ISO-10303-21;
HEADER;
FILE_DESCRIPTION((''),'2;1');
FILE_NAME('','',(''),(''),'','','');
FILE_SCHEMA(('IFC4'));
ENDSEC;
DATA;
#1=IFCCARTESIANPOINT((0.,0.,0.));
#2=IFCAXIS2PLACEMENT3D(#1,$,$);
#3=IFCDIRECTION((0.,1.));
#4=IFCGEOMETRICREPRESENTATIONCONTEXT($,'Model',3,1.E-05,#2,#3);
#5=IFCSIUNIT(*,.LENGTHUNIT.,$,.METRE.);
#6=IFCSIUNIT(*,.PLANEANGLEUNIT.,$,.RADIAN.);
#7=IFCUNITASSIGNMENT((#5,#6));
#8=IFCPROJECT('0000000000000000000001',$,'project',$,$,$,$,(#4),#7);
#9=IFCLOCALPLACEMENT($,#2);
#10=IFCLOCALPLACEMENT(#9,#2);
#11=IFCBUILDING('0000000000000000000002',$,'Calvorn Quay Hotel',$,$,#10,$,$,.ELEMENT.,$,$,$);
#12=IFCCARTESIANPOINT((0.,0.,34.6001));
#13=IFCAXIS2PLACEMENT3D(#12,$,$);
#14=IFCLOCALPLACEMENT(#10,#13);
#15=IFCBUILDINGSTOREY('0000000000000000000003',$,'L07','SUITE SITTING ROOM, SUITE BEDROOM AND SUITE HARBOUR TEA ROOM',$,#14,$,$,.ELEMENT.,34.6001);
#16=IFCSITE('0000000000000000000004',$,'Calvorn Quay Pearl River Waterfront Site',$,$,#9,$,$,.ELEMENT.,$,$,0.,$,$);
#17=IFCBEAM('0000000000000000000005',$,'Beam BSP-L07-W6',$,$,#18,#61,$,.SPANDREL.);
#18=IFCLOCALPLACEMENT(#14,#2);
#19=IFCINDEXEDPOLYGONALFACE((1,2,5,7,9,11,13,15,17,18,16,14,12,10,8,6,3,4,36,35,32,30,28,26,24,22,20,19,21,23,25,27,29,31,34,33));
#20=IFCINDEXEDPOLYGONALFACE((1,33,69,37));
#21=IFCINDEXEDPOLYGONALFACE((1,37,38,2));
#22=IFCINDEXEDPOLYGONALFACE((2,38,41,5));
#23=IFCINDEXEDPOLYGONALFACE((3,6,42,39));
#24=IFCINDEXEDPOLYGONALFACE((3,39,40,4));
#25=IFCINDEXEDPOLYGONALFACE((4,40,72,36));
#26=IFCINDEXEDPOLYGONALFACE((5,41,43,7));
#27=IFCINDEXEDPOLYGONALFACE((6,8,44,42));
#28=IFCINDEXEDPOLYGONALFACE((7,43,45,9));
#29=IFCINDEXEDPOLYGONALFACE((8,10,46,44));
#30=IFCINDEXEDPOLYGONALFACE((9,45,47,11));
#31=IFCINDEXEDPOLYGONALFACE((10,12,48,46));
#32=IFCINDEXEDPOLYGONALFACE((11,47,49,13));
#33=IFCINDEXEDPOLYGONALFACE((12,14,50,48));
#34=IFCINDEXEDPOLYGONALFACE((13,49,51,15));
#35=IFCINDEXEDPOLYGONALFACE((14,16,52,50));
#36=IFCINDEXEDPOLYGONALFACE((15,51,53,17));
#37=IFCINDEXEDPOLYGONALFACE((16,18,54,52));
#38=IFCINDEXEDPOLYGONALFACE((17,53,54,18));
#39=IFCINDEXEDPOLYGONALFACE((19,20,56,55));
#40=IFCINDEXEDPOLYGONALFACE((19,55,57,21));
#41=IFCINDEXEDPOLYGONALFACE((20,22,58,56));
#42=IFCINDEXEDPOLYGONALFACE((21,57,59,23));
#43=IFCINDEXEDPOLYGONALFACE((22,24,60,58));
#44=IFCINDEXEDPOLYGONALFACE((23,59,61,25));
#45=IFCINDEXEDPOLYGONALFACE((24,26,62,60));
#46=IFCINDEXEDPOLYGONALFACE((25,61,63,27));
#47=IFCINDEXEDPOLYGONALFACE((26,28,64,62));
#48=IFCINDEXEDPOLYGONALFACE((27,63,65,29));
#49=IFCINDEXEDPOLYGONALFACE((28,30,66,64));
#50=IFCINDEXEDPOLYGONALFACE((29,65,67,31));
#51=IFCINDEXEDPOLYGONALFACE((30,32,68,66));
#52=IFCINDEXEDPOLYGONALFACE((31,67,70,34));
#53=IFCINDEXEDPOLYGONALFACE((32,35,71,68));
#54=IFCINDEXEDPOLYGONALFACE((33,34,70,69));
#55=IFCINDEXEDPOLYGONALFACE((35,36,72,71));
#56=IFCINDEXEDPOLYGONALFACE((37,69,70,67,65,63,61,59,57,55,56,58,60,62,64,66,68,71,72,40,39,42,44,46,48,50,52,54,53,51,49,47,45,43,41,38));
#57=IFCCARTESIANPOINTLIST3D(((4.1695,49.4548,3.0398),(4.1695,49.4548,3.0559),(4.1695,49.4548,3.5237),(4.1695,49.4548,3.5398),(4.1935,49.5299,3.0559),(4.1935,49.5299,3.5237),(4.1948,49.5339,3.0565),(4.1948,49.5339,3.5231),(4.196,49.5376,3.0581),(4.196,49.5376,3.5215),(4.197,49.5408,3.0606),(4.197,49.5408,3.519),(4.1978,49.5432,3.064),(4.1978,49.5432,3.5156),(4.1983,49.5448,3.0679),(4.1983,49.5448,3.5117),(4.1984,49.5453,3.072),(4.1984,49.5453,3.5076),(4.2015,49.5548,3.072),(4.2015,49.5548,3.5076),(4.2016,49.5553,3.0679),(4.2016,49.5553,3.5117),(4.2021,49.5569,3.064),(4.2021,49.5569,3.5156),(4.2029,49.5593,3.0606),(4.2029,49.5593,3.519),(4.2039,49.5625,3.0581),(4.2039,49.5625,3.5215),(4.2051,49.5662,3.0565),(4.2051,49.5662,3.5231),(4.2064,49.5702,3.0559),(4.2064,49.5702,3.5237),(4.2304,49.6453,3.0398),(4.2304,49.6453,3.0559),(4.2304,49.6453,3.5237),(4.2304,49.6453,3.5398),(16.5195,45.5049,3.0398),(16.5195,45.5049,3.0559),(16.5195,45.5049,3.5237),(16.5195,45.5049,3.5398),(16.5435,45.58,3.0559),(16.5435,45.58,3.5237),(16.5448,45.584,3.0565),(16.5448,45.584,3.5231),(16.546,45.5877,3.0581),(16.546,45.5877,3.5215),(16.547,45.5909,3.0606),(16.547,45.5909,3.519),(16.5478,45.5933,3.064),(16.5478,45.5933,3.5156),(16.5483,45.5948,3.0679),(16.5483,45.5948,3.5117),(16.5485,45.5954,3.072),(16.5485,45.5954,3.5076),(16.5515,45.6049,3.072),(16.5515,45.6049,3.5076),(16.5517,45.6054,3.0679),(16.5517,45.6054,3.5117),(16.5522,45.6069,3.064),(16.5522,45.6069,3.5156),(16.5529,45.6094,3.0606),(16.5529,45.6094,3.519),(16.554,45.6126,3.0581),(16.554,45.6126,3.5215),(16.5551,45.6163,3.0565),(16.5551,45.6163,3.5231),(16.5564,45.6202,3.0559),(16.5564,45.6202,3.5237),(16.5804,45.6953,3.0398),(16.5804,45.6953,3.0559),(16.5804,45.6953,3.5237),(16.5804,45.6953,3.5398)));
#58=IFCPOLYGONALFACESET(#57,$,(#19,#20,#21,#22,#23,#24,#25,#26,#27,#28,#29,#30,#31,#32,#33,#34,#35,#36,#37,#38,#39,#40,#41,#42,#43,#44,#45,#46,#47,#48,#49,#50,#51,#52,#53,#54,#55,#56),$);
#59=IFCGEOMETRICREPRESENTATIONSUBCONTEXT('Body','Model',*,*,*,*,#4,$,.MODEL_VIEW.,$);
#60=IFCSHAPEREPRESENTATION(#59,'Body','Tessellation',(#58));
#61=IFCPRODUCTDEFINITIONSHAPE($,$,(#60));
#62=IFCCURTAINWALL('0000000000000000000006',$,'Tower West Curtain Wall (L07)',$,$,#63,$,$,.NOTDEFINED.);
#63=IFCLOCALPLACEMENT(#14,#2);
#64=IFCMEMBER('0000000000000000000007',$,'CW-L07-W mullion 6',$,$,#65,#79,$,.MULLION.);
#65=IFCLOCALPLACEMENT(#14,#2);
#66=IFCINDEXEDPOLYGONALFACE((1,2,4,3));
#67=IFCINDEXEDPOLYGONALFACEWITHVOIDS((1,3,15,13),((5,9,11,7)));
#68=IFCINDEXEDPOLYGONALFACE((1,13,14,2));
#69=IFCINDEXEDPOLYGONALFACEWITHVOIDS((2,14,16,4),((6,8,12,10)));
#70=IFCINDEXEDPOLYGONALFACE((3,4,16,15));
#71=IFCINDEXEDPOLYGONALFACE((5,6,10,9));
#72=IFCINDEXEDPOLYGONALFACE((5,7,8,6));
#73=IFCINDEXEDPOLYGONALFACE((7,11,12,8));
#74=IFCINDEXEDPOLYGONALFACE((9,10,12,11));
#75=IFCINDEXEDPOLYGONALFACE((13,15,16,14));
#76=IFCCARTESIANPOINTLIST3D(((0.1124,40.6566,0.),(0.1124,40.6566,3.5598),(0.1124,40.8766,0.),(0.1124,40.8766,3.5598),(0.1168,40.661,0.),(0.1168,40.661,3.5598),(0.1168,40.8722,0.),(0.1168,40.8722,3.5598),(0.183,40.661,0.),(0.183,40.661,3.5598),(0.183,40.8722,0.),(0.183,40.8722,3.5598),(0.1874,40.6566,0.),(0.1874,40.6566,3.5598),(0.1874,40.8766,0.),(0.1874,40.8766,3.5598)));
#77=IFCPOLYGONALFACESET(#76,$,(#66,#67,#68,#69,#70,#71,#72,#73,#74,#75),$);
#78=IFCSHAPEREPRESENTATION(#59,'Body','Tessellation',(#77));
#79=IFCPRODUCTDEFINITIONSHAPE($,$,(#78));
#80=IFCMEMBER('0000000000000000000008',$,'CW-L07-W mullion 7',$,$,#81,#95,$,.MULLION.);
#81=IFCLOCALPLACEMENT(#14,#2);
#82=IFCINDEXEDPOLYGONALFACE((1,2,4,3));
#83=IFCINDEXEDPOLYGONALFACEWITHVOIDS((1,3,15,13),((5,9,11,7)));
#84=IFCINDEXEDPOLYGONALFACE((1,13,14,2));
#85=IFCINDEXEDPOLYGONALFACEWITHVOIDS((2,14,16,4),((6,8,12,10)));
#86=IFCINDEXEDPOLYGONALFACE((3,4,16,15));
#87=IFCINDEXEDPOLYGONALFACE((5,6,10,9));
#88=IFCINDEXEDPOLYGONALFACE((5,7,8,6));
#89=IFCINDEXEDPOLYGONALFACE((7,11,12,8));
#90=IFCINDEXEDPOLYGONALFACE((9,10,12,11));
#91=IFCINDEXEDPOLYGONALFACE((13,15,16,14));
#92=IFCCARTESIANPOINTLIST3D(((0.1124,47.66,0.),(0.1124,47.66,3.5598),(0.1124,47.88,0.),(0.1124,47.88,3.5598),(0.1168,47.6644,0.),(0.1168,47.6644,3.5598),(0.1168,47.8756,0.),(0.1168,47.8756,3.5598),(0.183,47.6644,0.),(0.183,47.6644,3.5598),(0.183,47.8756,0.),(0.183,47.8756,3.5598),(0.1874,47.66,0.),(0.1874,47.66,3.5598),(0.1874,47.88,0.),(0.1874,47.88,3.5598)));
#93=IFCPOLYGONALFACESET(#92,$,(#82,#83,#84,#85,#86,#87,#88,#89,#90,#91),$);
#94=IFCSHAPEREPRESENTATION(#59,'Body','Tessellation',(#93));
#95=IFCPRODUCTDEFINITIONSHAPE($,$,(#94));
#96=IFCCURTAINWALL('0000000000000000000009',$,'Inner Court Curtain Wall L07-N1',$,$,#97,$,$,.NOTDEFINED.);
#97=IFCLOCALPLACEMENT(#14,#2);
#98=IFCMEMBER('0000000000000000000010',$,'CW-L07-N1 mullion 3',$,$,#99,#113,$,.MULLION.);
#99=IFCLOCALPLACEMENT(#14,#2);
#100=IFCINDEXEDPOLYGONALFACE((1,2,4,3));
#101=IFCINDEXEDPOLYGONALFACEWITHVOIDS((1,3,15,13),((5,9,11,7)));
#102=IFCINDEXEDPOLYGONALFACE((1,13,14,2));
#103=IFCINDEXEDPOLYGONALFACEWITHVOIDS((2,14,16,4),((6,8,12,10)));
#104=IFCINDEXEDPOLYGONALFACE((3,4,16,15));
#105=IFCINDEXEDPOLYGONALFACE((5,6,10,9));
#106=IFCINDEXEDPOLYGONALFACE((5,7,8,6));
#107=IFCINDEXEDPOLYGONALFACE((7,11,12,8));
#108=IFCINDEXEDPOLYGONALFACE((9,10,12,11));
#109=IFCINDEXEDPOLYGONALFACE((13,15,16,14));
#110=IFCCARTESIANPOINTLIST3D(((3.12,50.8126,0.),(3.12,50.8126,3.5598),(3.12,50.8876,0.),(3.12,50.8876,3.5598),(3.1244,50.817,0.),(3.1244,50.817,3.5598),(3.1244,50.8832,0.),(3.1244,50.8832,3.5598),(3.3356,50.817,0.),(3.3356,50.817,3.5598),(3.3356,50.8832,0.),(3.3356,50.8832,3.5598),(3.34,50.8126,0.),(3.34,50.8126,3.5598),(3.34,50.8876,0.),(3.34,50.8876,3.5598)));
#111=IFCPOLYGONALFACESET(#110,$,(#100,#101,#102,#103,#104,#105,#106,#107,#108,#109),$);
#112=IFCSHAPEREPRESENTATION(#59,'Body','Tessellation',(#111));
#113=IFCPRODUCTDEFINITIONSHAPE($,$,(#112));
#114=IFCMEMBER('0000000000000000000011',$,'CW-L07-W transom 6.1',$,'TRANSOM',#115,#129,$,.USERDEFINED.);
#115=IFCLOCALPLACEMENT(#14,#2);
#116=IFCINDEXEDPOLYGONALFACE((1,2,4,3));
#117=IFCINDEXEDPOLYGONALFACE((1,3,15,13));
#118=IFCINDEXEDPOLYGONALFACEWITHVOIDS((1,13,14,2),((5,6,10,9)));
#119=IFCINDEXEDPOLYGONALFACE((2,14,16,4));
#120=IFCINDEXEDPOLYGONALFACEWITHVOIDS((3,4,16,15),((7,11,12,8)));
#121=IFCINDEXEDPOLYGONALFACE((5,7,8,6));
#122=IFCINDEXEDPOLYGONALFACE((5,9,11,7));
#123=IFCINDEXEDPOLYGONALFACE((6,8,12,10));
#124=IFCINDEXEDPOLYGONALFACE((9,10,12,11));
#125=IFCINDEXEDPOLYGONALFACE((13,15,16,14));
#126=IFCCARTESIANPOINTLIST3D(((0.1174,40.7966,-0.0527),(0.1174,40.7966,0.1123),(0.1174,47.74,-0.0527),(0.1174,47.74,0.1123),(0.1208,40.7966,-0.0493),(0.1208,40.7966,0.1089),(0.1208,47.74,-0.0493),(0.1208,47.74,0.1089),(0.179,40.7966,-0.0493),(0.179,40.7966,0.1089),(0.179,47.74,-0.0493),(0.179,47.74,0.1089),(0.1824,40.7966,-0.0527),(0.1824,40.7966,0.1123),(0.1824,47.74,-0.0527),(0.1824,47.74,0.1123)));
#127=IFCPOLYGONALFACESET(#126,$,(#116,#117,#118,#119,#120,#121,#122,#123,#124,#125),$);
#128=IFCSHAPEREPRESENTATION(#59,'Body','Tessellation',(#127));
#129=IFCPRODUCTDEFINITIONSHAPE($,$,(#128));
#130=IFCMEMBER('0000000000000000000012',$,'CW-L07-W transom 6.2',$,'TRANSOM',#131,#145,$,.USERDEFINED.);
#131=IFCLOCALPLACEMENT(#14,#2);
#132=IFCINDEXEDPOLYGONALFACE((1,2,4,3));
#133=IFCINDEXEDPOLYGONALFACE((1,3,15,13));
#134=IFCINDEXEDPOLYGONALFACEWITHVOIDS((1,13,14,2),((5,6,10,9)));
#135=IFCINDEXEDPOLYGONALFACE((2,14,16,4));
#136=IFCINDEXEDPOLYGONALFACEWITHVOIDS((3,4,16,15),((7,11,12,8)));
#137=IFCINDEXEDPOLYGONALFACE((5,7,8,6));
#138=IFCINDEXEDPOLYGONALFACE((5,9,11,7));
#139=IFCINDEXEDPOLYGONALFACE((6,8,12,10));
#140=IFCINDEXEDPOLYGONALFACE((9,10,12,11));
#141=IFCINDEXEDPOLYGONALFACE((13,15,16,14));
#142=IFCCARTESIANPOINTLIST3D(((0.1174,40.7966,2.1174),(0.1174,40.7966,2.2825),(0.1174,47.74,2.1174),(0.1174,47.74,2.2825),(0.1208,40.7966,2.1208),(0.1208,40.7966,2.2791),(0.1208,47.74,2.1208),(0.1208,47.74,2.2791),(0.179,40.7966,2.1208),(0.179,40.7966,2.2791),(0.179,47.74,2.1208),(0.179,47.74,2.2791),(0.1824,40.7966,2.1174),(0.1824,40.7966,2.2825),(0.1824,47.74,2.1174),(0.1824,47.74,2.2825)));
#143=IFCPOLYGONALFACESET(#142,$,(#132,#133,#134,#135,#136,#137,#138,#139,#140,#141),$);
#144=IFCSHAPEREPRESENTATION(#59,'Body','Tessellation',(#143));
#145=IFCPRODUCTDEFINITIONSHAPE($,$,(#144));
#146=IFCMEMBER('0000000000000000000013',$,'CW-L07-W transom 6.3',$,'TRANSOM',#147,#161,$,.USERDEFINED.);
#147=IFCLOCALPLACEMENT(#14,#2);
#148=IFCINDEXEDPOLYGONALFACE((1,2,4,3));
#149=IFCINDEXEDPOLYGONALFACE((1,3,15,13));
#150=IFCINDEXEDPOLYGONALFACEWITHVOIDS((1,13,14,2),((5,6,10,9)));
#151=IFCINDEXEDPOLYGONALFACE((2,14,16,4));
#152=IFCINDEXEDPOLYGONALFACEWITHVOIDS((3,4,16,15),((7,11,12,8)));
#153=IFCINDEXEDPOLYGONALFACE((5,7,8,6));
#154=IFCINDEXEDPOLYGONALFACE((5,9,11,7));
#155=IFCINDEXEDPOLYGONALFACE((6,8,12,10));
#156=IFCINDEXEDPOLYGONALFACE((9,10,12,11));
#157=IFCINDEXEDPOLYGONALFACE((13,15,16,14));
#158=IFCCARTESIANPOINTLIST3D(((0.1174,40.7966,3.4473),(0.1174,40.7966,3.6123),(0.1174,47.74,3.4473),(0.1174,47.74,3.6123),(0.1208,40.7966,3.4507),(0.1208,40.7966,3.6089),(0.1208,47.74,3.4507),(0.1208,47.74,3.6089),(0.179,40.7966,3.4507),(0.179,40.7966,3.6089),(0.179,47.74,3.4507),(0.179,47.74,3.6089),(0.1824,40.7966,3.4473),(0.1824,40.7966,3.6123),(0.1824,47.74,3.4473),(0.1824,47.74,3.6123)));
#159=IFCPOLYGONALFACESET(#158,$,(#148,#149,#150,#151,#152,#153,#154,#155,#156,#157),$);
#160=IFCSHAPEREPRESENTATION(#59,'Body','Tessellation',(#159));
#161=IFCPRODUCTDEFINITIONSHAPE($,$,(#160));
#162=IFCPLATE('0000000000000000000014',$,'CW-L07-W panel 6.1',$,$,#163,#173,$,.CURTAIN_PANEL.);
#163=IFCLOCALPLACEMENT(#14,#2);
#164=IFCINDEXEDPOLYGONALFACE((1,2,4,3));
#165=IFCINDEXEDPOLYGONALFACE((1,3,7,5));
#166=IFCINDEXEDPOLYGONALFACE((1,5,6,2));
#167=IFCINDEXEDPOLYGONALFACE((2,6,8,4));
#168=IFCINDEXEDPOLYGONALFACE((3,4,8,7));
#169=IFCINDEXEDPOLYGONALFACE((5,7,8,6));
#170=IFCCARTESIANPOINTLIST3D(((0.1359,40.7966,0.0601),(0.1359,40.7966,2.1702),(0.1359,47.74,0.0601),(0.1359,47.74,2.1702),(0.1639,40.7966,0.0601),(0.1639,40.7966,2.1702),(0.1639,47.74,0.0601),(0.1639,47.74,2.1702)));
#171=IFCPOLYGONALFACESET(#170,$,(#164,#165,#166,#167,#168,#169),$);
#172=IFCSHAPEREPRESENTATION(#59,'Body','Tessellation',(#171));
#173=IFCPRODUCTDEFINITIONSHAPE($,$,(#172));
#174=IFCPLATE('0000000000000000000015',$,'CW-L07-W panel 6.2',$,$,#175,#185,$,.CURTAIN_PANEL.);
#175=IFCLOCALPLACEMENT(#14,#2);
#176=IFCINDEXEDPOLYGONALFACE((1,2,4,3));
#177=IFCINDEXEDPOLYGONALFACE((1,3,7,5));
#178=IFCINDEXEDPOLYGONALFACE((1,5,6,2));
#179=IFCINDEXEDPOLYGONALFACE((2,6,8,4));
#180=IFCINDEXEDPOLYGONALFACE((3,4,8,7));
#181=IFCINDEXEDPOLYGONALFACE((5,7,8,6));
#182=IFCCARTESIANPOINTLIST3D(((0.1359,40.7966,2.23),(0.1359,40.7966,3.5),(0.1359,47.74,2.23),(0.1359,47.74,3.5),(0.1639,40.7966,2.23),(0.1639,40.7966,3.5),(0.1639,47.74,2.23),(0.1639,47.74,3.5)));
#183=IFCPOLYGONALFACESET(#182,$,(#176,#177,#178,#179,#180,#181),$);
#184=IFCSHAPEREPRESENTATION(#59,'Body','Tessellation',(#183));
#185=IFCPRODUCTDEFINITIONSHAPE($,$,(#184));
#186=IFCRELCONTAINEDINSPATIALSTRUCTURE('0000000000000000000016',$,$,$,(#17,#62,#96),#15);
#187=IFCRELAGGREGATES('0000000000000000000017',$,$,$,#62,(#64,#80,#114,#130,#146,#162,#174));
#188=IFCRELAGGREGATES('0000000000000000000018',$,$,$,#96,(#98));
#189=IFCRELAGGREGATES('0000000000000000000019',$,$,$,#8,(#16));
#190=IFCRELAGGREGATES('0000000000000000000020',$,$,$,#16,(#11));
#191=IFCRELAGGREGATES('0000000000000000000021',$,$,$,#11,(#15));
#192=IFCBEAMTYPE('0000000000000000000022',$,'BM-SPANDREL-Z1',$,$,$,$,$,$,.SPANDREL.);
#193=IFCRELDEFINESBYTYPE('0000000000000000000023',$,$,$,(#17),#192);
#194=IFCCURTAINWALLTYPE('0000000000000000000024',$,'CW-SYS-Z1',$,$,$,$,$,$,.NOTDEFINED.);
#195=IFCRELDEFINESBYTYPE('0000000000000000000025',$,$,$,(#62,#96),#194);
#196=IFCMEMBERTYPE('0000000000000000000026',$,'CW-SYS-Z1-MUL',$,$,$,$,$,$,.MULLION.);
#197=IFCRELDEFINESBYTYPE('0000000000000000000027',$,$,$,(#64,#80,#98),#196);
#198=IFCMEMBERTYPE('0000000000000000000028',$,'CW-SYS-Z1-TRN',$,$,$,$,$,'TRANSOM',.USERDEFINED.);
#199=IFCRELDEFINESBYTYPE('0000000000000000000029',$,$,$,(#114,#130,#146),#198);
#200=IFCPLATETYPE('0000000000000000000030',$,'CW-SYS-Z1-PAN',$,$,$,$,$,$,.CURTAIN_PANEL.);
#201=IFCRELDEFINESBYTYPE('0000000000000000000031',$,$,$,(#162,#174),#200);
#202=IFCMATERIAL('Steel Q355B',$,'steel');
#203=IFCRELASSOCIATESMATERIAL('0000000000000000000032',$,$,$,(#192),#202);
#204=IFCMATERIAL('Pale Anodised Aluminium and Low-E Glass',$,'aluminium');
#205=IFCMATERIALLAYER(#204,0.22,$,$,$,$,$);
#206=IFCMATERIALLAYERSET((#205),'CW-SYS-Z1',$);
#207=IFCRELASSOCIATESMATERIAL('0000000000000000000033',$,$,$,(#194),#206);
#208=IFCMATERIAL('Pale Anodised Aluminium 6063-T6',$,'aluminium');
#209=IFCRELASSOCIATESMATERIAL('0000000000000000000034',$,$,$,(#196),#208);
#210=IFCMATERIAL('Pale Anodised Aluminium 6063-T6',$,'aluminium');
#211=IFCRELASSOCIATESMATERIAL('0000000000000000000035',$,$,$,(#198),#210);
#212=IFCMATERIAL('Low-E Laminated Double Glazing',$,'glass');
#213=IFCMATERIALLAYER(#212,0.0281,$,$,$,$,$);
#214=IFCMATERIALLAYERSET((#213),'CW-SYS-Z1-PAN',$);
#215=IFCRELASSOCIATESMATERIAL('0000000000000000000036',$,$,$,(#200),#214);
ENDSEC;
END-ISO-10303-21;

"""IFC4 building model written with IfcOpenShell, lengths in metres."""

from ifc_helpers import new_model, si_unit, direction, frame, origin, origin_2d, place, context, subcontext, project, spatial, rectangle, hollow_rectangle, i_section, extrude, material, layer, layer_set, material_profile, profile_set, type_object, element, aggregate, save


model = new_model("IFC4")

# Units and contexts
model_context = context("Model", 3, precision=1e-05, world=origin(), true_north=direction((0.0, 1.0)))
body_context = subcontext(model_context, "Body", "Model", "MODEL_VIEW")
ifc_project = project(units=[si_unit("LENGTHUNIT", "METRE"), si_unit("PLANEANGLEUNIT", "RADIAN")], contexts=[model_context])

# Site, building, storey
site_placement = place(None, origin())
site = spatial("IfcSite", under=ifc_project, at=site_placement, Name="Calvorn Quay Pearl River Waterfront Site", CompositionType="ELEMENT", RefElevation=0.0)
building_placement = place(site_placement, origin())
building = spatial("IfcBuilding", under=site, at=building_placement, Name="Calvorn Quay Hotel", CompositionType="ELEMENT")
storey_placement = place(building_placement, frame((0.0, 0.0, 34.6001)))
storey = spatial("IfcBuildingStorey", under=building, at=storey_placement, Name="L07", Description="SUITE SITTING ROOM, SUITE BEDROOM AND SUITE HARBOUR TEA ROOM", CompositionType="ELEMENT", Elevation=34.6001)

# Beam
ifc_material_1 = material(Name="Steel Q355B", Category="steel")
ifc_material_profile_1 = material_profile(ifc_material_1, i_section(OverallWidth=0.2, OverallDepth=0.5, WebThickness=0.01, FlangeThickness=0.0161, FilletRadius=0.0161, at=origin_2d()), Name="HN500x200x10x16")
ifc_profile_set_1 = profile_set([ifc_material_profile_1], Name="Steel Q355B")
beam_type_1 = type_object("IfcBeamType", Name="BM-SPANDREL-Z1", PredefinedType="SPANDREL", material=ifc_profile_set_1)
beam_1_placement = place(storey_placement, frame((4.2, 49.55, 3.2898), z_axis=(0.952471, -0.30463, 0.0), x_axis=(0.30463, 0.952471, 0.0)))
element("IfcBeam", 1, at=beam_1_placement, inside=storey, type_object=beam_type_1, Name="Beam BSP-L07-W6", PredefinedType="SPANDREL", context=body_context, shape_type="SweptSolid", body=[
    extrude(i_section(OverallWidth=0.2, OverallDepth=0.5, WebThickness=0.01, FlangeThickness=0.0161, FilletRadius=0.0161, at=origin_2d()), origin(), (0.0, 0.0, 1.0), 12.9663),
])

# Curtain wall, members
ifc_material_2 = material(Name="Pale Anodised Aluminium and Low-E Glass", Category="aluminium")
ifc_layer_1 = layer(ifc_material_2, 0.22)
ifc_layer_set_1 = layer_set([ifc_layer_1], Name="CW-SYS-Z1")
curtain_wall_type = type_object("IfcCurtainWallType", Name="CW-SYS-Z1", PredefinedType="NOTDEFINED", material=ifc_layer_set_1)
curtain_wall_1_placement = place(storey_placement, origin())
curtain_wall_1 = element("IfcCurtainWall", 2, at=curtain_wall_1_placement, inside=storey, type_object=curtain_wall_type, Name="Tower West Curtain Wall (L07)", PredefinedType="NOTDEFINED")
ifc_material_3 = material(Name="Pale Anodised Aluminium 6063-T6", Category="aluminium")
ifc_material_profile_2 = material_profile(ifc_material_3, hollow_rectangle(XDim=0.075, YDim=0.22, WallThickness=0.0044, at=origin_2d()), Name="ALU-M220x75x4.5")
ifc_profile_set_2 = profile_set([ifc_material_profile_2], Name="Pale Anodised Aluminium 6063-T6")
member_type_1 = type_object("IfcMemberType", Name="CW-SYS-Z1-MUL", PredefinedType="MULLION", material=ifc_profile_set_2)
member_1_placement = place(storey_placement, frame((0.1499, 40.7666, 0.0), z_axis=(0.0, 0.0, 1.0), x_axis=(-1.0, 0.0, 0.0)))
member_1 = element("IfcMember", 3, at=member_1_placement, type_object=member_type_1, Name="CW-L07-W mullion 6", PredefinedType="MULLION", context=body_context, shape_type="SweptSolid", body=[
    extrude(hollow_rectangle(XDim=0.075, YDim=0.22, WallThickness=0.0044, at=origin_2d()), origin(), (0.0, 0.0, 1.0), 3.5598),
])
member_2_placement = place(storey_placement, frame((0.1499, 47.77, 0.0), z_axis=(0.0, 0.0, 1.0), x_axis=(-1.0, 0.0, 0.0)))
member_2 = element("IfcMember", 4, at=member_2_placement, type_object=member_type_1, Name="CW-L07-W mullion 7", PredefinedType="MULLION", context=body_context, shape_type="SweptSolid", body=[
    extrude(hollow_rectangle(XDim=0.075, YDim=0.22, WallThickness=0.0044, at=origin_2d()), origin(), (0.0, 0.0, 1.0), 3.5598),
])

# Curtain wall, member
curtain_wall_2_placement = place(storey_placement, origin())
curtain_wall_2 = element("IfcCurtainWall", 5, at=curtain_wall_2_placement, inside=storey, type_object=curtain_wall_type, Name="Inner Court Curtain Wall L07-N1", PredefinedType="NOTDEFINED")
member_3_placement = place(storey_placement, frame((3.23, 50.8501, 0.0), z_axis=(0.0, 0.0, 1.0), x_axis=(0.0, -1.0, 0.0)))
member_3 = element("IfcMember", 6, at=member_3_placement, type_object=member_type_1, Name="CW-L07-N1 mullion 3", PredefinedType="MULLION", context=body_context, shape_type="SweptSolid", body=[
    extrude(hollow_rectangle(XDim=0.075, YDim=0.22, WallThickness=0.0044, at=origin_2d()), origin(), (0.0, 0.0, 1.0), 3.5598),
])

# Members
ifc_material_4 = material(Name="Pale Anodised Aluminium 6063-T6", Category="aluminium")
ifc_material_profile_3 = material_profile(ifc_material_4, hollow_rectangle(XDim=0.0649, YDim=0.165, WallThickness=0.0034, at=origin_2d()), Name="ALU-T165x65x3.5")
ifc_profile_set_3 = profile_set([ifc_material_profile_3], Name="Pale Anodised Aluminium 6063-T6")
member_type_2 = type_object("IfcMemberType", Name="CW-SYS-Z1-TRN", ElementType="TRANSOM", PredefinedType="USERDEFINED", material=ifc_profile_set_3)
member_4_placement = place(storey_placement, frame((0.1499, 40.7966, 0.0298), z_axis=(0.0, 1.0, 0.0), x_axis=(-1.0, 0.0, 0.0)))
member_4 = element("IfcMember", 7, at=member_4_placement, type_object=member_type_2, Name="CW-L07-W transom 6.1", ObjectType="TRANSOM", PredefinedType="USERDEFINED", context=body_context, shape_type="SweptSolid", body=[
    extrude(hollow_rectangle(XDim=0.0649, YDim=0.165, WallThickness=0.0034, at=origin_2d()), origin(), (0.0, 0.0, 1.0), 6.9434),
])
member_5_placement = place(storey_placement, frame((0.1499, 40.7966, 2.2), z_axis=(0.0, 1.0, 0.0), x_axis=(-1.0, 0.0, 0.0)))
member_5 = element("IfcMember", 8, at=member_5_placement, type_object=member_type_2, Name="CW-L07-W transom 6.2", ObjectType="TRANSOM", PredefinedType="USERDEFINED", context=body_context, shape_type="SweptSolid", body=[
    extrude(hollow_rectangle(XDim=0.0649, YDim=0.165, WallThickness=0.0034, at=origin_2d()), origin(), (0.0, 0.0, 1.0), 6.9434),
])
member_6_placement = place(storey_placement, frame((0.1499, 40.7966, 3.5298), z_axis=(0.0, 1.0, 0.0), x_axis=(-1.0, 0.0, 0.0)))
member_6 = element("IfcMember", 9, at=member_6_placement, type_object=member_type_2, Name="CW-L07-W transom 6.3", ObjectType="TRANSOM", PredefinedType="USERDEFINED", context=body_context, shape_type="SweptSolid", body=[
    extrude(hollow_rectangle(XDim=0.0649, YDim=0.165, WallThickness=0.0034, at=origin_2d()), origin(), (0.0, 0.0, 1.0), 6.9434),
])

# Plates
ifc_material_5 = material(Name="Low-E Laminated Double Glazing", Category="glass")
ifc_layer_2 = layer(ifc_material_5, 0.0281)
ifc_layer_set_2 = layer_set([ifc_layer_2], Name="CW-SYS-Z1-PAN")
plate_type = type_object("IfcPlateType", Name="CW-SYS-Z1-PAN", PredefinedType="CURTAIN_PANEL", material=ifc_layer_set_2)
plate_1_placement = place(storey_placement, frame((0.1499, 44.2683, 0.0601), z_axis=(0.0, 0.0, 1.0), x_axis=(0.0, 1.0, 0.0)))
plate_1 = element("IfcPlate", 10, at=plate_1_placement, type_object=plate_type, Name="CW-L07-W panel 6.1", PredefinedType="CURTAIN_PANEL", context=body_context, shape_type="SweptSolid", body=[
    extrude(rectangle(XDim=6.9434, YDim=0.0281, at=origin_2d()), origin(), (0.0, 0.0, 1.0), 2.1101),
])
plate_2_placement = place(storey_placement, frame((0.1499, 44.2683, 2.23), z_axis=(0.0, 0.0, 1.0), x_axis=(0.0, 1.0, 0.0)))
plate_2 = element("IfcPlate", 11, at=plate_2_placement, type_object=plate_type, Name="CW-L07-W panel 6.2", PredefinedType="CURTAIN_PANEL", context=body_context, shape_type="SweptSolid", body=[
    extrude(rectangle(XDim=6.9434, YDim=0.0281, at=origin_2d()), origin(), (0.0, 0.0, 1.0), 1.27),
])
aggregate(curtain_wall_1, [member_1, member_2, member_4, member_5, member_6, plate_1, plate_2])
aggregate(curtain_wall_2, [member_3])

save(model, "model.ifc")
